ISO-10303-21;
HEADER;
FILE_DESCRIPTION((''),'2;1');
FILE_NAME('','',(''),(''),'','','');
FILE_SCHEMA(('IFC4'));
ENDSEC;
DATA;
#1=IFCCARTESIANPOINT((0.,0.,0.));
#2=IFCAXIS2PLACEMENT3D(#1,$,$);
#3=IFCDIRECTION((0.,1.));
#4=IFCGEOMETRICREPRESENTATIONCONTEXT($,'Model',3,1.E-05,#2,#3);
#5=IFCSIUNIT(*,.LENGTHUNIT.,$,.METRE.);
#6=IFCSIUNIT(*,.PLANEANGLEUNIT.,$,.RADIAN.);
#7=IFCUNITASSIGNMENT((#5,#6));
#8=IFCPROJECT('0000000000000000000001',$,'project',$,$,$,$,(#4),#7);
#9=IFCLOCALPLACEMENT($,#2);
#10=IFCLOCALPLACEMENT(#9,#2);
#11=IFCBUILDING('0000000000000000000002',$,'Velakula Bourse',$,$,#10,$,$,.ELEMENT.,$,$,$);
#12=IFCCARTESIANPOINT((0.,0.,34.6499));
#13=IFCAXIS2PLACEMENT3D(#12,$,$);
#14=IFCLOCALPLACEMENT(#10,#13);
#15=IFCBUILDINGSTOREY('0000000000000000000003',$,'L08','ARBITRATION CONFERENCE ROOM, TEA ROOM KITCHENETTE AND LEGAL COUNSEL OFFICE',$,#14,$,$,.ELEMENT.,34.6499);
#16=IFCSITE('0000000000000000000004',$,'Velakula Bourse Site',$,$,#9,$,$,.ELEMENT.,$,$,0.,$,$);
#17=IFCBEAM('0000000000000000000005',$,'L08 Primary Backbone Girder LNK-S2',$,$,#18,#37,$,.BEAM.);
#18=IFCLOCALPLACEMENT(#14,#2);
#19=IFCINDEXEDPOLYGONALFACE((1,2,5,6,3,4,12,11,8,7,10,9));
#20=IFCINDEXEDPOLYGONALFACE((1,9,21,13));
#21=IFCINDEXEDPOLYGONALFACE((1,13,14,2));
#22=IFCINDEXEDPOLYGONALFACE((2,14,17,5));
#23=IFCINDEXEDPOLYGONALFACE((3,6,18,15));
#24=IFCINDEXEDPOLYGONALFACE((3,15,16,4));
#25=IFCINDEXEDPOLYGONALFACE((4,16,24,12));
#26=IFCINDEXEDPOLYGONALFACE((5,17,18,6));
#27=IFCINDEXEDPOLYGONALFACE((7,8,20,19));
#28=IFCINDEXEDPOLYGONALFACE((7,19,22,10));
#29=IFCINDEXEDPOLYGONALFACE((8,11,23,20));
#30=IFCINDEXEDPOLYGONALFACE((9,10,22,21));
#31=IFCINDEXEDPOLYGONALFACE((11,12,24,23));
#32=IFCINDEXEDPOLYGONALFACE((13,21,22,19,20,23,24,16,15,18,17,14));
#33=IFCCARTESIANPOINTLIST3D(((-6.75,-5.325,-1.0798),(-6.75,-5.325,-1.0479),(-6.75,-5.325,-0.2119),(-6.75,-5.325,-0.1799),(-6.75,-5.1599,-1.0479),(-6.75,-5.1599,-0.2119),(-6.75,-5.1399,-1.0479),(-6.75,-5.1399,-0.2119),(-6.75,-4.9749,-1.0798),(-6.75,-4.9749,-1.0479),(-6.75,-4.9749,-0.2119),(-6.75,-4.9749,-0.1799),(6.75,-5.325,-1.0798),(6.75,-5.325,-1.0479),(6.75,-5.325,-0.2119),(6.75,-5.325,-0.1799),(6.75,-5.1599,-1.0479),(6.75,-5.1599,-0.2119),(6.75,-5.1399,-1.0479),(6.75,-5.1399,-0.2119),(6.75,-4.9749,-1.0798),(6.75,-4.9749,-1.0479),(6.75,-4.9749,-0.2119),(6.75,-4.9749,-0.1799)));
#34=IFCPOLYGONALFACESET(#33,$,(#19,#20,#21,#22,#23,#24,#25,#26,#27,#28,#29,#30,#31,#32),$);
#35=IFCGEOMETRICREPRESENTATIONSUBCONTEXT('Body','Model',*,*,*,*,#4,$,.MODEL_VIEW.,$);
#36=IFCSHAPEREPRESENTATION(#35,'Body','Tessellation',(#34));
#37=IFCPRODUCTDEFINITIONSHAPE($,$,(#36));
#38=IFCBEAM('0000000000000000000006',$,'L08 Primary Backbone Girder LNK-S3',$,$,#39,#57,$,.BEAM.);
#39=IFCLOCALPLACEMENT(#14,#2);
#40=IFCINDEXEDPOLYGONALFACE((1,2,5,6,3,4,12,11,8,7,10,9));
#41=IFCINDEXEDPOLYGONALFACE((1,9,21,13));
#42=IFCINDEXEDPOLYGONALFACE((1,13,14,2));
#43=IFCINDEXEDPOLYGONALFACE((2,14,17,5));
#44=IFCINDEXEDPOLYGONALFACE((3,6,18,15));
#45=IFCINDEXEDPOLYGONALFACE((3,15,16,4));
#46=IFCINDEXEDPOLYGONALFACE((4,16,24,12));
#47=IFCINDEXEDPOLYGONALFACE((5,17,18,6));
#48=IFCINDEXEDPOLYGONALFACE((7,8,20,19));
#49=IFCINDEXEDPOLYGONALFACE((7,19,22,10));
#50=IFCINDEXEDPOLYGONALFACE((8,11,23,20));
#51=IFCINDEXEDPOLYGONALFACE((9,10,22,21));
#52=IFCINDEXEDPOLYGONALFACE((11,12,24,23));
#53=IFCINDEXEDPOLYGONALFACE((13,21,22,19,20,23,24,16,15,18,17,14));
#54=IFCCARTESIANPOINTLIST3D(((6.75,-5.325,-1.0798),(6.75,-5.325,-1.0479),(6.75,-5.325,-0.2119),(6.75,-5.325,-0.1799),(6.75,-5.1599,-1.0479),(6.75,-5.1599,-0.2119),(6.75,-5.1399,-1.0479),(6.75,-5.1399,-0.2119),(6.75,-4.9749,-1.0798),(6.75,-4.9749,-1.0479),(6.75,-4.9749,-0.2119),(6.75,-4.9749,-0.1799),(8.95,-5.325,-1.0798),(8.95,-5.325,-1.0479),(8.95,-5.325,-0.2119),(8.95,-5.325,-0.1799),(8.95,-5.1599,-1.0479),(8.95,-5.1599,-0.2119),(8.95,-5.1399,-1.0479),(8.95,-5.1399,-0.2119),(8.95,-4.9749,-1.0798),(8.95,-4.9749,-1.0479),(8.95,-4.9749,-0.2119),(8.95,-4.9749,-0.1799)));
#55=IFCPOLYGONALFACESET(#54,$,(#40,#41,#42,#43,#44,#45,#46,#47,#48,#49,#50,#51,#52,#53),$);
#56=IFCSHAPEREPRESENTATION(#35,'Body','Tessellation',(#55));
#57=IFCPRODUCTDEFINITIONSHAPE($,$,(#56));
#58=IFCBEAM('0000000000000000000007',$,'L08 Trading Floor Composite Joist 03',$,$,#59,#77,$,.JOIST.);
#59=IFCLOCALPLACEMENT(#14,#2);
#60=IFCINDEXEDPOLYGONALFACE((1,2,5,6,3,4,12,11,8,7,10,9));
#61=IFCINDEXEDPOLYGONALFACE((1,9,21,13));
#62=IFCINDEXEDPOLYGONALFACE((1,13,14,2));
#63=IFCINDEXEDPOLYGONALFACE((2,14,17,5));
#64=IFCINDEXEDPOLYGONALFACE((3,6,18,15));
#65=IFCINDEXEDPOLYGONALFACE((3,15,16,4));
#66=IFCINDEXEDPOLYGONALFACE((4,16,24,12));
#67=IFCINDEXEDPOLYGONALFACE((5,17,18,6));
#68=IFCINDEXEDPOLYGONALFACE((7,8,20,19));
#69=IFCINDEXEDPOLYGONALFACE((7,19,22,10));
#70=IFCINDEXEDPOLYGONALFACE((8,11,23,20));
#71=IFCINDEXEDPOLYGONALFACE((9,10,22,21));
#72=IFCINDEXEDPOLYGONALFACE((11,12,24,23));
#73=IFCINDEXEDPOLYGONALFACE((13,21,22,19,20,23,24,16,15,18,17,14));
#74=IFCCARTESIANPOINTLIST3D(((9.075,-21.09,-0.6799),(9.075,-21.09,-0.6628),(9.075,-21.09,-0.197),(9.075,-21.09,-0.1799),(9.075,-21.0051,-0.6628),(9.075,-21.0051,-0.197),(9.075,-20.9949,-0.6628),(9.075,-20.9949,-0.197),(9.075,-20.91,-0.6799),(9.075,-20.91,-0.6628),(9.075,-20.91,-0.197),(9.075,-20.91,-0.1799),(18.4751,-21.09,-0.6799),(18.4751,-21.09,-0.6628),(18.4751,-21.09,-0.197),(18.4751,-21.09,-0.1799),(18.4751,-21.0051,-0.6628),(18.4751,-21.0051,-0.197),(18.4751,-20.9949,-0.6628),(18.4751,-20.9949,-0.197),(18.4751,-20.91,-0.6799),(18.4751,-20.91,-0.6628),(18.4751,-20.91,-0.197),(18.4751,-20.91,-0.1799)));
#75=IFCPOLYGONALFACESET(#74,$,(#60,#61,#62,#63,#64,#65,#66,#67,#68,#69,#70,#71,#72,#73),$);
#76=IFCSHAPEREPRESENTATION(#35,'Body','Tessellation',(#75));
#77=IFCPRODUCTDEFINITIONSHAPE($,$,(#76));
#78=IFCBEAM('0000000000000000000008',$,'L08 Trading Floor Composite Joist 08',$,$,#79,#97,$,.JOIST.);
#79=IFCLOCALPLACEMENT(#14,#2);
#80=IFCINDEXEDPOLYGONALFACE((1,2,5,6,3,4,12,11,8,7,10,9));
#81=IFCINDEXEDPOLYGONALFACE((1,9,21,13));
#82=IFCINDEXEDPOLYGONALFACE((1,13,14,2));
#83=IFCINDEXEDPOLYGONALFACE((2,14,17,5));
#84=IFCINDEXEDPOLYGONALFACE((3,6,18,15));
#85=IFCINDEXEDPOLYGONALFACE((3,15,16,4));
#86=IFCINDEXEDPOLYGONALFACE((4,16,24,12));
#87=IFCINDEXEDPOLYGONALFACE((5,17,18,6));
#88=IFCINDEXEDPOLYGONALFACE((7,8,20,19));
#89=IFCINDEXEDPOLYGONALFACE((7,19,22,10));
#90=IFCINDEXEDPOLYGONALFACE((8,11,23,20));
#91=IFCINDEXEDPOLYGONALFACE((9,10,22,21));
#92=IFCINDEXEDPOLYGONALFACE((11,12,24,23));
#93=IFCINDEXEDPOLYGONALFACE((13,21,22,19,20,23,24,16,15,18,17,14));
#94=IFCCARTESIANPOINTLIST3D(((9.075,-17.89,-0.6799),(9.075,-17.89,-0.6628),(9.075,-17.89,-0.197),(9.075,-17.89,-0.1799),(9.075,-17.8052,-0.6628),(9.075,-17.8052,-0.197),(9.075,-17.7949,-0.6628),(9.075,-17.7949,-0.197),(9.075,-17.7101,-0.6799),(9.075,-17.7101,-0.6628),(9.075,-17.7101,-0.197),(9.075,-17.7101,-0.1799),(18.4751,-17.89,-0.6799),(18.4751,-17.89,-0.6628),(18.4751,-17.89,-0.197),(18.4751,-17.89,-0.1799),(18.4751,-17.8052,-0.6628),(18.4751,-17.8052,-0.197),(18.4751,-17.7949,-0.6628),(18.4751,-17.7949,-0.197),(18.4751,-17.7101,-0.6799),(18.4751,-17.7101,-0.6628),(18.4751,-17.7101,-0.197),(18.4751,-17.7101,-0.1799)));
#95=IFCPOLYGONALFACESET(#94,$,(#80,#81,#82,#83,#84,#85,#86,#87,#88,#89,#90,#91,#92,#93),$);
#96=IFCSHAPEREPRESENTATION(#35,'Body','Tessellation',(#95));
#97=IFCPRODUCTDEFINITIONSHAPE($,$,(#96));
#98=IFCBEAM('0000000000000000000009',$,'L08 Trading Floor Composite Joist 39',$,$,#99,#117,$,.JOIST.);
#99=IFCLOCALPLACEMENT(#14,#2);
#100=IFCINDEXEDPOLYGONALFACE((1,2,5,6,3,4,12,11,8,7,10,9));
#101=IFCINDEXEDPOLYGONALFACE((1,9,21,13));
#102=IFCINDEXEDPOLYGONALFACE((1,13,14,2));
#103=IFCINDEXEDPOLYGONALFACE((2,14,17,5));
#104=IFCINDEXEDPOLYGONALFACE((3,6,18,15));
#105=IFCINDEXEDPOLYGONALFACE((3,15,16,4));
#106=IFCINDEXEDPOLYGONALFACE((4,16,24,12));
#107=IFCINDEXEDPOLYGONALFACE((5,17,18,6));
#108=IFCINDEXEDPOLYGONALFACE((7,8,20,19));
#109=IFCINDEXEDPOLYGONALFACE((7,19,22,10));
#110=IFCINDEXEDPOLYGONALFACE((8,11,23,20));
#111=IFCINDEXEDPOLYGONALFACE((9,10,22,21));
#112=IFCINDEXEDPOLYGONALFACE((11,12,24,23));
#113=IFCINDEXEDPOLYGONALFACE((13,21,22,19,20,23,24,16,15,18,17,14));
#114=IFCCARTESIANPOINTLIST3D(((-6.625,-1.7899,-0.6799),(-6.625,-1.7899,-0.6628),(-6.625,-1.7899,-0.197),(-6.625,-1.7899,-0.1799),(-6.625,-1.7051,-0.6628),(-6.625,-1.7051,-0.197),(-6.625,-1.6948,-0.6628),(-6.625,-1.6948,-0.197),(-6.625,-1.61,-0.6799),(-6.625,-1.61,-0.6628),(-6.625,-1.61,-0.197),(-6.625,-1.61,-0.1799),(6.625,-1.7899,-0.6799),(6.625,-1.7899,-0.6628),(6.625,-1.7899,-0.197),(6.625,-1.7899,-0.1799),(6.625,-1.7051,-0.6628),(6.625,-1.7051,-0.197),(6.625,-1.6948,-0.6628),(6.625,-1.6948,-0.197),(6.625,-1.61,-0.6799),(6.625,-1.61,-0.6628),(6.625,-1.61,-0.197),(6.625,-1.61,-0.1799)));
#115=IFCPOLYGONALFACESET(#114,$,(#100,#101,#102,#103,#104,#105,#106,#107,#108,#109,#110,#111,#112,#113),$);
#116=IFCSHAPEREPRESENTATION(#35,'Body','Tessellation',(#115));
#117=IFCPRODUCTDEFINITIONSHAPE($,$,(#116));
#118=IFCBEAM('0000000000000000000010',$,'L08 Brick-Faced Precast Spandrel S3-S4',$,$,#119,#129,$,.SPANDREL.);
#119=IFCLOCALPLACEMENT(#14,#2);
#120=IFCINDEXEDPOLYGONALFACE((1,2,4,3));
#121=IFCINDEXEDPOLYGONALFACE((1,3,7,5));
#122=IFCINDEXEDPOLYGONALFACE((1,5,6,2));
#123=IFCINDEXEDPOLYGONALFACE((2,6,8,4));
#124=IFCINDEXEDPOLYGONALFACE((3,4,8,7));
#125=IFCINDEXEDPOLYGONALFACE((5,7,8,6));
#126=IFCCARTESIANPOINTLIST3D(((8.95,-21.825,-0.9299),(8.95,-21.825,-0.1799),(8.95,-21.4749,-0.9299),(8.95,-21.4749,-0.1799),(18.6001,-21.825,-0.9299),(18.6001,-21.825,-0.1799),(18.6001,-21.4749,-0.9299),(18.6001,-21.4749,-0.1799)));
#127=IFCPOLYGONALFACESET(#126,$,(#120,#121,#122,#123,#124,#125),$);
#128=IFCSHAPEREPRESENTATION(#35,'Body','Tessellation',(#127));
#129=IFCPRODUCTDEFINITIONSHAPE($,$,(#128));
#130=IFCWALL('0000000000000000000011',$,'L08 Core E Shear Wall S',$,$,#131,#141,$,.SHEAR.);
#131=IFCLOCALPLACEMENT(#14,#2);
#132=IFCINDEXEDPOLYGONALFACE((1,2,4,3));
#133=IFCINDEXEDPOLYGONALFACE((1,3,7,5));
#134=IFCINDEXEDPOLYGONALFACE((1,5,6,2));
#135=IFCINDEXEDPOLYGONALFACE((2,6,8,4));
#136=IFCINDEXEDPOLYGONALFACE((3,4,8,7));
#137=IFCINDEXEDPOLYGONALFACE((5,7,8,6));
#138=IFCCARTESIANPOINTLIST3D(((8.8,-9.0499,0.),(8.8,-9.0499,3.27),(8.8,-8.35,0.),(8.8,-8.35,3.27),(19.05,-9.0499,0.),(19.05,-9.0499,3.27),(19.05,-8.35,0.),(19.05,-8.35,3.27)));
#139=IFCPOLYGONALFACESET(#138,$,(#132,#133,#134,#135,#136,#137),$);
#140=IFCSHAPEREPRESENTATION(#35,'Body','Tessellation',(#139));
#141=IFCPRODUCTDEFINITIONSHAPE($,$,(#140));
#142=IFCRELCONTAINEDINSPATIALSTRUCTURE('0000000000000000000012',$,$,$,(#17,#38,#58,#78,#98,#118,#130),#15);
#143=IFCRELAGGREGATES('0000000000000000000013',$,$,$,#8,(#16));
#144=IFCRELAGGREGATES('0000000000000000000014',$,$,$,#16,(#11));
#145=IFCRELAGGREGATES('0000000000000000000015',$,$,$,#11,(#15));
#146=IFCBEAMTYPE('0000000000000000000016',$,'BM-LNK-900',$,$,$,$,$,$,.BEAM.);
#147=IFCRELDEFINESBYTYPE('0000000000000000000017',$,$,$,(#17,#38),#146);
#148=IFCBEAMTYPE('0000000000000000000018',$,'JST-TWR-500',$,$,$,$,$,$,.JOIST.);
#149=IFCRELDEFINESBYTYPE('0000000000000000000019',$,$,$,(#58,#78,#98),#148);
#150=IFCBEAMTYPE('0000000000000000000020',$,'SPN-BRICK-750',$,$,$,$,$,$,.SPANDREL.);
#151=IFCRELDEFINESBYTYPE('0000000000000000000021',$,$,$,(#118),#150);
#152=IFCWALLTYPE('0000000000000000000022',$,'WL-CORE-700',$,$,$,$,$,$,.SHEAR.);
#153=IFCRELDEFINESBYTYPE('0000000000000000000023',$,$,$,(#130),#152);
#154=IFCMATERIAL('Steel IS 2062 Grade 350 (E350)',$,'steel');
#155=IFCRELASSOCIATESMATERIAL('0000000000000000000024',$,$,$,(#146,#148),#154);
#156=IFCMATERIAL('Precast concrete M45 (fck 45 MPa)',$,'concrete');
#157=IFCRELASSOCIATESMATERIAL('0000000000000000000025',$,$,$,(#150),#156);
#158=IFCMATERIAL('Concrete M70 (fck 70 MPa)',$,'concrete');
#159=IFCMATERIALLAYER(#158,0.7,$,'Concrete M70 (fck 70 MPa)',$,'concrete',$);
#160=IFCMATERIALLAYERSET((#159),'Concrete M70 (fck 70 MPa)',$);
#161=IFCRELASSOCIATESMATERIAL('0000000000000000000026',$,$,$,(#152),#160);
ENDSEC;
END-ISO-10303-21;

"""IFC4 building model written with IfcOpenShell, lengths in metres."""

from ifc_helpers import new_model, si_unit, direction, frame, frame_2d, origin, origin_2d, place, context, subcontext, project, spatial, rectangle, i_section, extrude, material, layer, layer_set, material_profile, profile_set, type_object, element, save


model = new_model("IFC4")

# Units and contexts
model_context = context("Model", 3, precision=1e-05, world=origin(), true_north=direction((0.0, 1.0)))
body_context = subcontext(model_context, "Body", "Model", "MODEL_VIEW")
ifc_project = project(units=[si_unit("LENGTHUNIT", "METRE"), si_unit("PLANEANGLEUNIT", "RADIAN")], contexts=[model_context])

# Site, building, storey
site_placement = place(None, origin())
site = spatial("IfcSite", under=ifc_project, at=site_placement, Name="Velakula Bourse Site", CompositionType="ELEMENT", RefElevation=0.0)
building_placement = place(site_placement, origin())
building = spatial("IfcBuilding", under=site, at=building_placement, Name="Velakula Bourse", CompositionType="ELEMENT")
storey_placement = place(building_placement, frame((0.0, 0.0, 34.6499)))
storey = spatial("IfcBuildingStorey", under=building, at=storey_placement, Name="L08", Description="ARBITRATION CONFERENCE ROOM, TEA ROOM KITCHENETTE AND LEGAL COUNSEL OFFICE", CompositionType="ELEMENT", Elevation=34.6499)

# Shared definitions
ifc_material_1 = material(Name="Concrete M70 (fck 70 MPa)", Category="concrete")

# Beams
ifc_material_2 = material(Name="Steel IS 2062 Grade 350 (E350)", Category="steel")
ifc_material_profile_1 = material_profile(ifc_material_2, i_section(OverallWidth=0.3501, OverallDepth=0.8999, WebThickness=0.02, FlangeThickness=0.032, at=origin_2d()), Name="Steel IS 2062 Grade 350 (E350)")
ifc_profile_set_1 = profile_set([ifc_material_profile_1], Name="Steel IS 2062 Grade 350 (E350)")
beam_type_1 = type_object("IfcBeamType", Name="BM-LNK-900", PredefinedType="BEAM", material=ifc_profile_set_1)
beam_1_placement = place(storey_placement, frame((-6.75, -5.1499, -0.6299), z_axis=(1.0, 0.0, 0.0), x_axis=(0.0, 1.0, 0.0)))
element("IfcBeam", 1, at=beam_1_placement, inside=storey, type_object=beam_type_1, Name="L08 Primary Backbone Girder LNK-S2", PredefinedType="BEAM", context=body_context, shape_type="SweptSolid", body=[
    extrude(i_section(OverallWidth=0.3501, OverallDepth=0.8999, WebThickness=0.02, FlangeThickness=0.032, at=origin_2d()), origin(), (0.0, 0.0, 1.0), 13.5),
])
beam_2_placement = place(storey_placement, frame((6.75, -5.1499, -0.6299), z_axis=(1.0, 0.0, 0.0), x_axis=(0.0, 1.0, 0.0)))
element("IfcBeam", 2, at=beam_2_placement, inside=storey, type_object=beam_type_1, Name="L08 Primary Backbone Girder LNK-S3", PredefinedType="BEAM", context=body_context, shape_type="SweptSolid", body=[
    extrude(i_section(OverallWidth=0.3501, OverallDepth=0.8999, WebThickness=0.02, FlangeThickness=0.032, at=origin_2d()), origin(), (0.0, 0.0, 1.0), 2.2),
])
ifc_material_profile_2 = material_profile(ifc_material_2, i_section(OverallWidth=0.1799, OverallDepth=0.5, WebThickness=0.0103, FlangeThickness=0.0171, at=origin_2d()), Name="Steel IS 2062 Grade 350 (E350)")
ifc_profile_set_2 = profile_set([ifc_material_profile_2], Name="Steel IS 2062 Grade 350 (E350)")
beam_type_2 = type_object("IfcBeamType", Name="JST-TWR-500", PredefinedType="JOIST", material=ifc_profile_set_2)
for number, where, z_axis, x_axis, name in (
    (3, (9.075, -21.0, -0.4299), (1.0, 0.0, 0.0), (0.0, 1.0, 0.0), "L08 Trading Floor Composite Joist 03"),
    (4, (9.075, -17.8, -0.4299), (1.0, 0.0, 0.0), (0.0, 1.0, 0.0), "L08 Trading Floor Composite Joist 08"),
):
    element("IfcBeam", number, at=place(storey_placement, frame(where, z_axis=z_axis, x_axis=x_axis)), inside=storey, type_object=beam_type_2, Name=name, PredefinedType="JOIST", context=body_context, shape_type="SweptSolid", body=[
        extrude(i_section(OverallWidth=0.1799, OverallDepth=0.5, WebThickness=0.0103, FlangeThickness=0.0171, at=origin_2d()), origin(), (0.0, 0.0, 1.0), 9.4001),
    ])
beam_3_placement = place(storey_placement, frame((-6.625, -1.7, -0.4299), z_axis=(1.0, 0.0, 0.0), x_axis=(0.0, 1.0, 0.0)))
element("IfcBeam", 5, at=beam_3_placement, inside=storey, type_object=beam_type_2, Name="L08 Trading Floor Composite Joist 39", PredefinedType="JOIST", context=body_context, shape_type="SweptSolid", body=[
    extrude(i_section(OverallWidth=0.1799, OverallDepth=0.5, WebThickness=0.0103, FlangeThickness=0.0171, at=origin_2d()), origin(), (0.0, 0.0, 1.0), 13.25),
])
ifc_material_3 = material(Name="Precast concrete M45 (fck 45 MPa)", Category="concrete")
ifc_material_profile_3 = material_profile(ifc_material_3, rectangle(XDim=0.3501, YDim=0.75, at=origin_2d()), Name="Precast concrete M45 (fck 45 MPa)")
ifc_profile_set_3 = profile_set([ifc_material_profile_3], Name="Precast concrete M45 (fck 45 MPa)")
beam_type_3 = type_object("IfcBeamType", Name="SPN-BRICK-750", PredefinedType="SPANDREL", material=ifc_profile_set_3)
beam_4_placement = place(storey_placement, frame((8.95, -21.6499, -0.5549), z_axis=(1.0, 0.0, 0.0), x_axis=(0.0, 1.0, 0.0)))
element("IfcBeam", 6, at=beam_4_placement, inside=storey, type_object=beam_type_3, Name="L08 Brick-Faced Precast Spandrel S3-S4", PredefinedType="SPANDREL", context=body_context, shape_type="SweptSolid", body=[
    extrude(rectangle(XDim=0.3501, YDim=0.75, at=origin_2d()), origin(), (0.0, 0.0, 1.0), 9.6501),
])

# Wall
ifc_layer_1 = layer(ifc_material_1, 0.7, Name="Concrete M70 (fck 70 MPa)", Category="concrete")
ifc_layer_set_1 = layer_set([ifc_layer_1], Name="Concrete M70 (fck 70 MPa)")
wall_type_1 = type_object("IfcWallType", Name="WL-CORE-700", PredefinedType="SHEAR", material=ifc_layer_set_1)
wall_1_placement = place(storey_placement, frame((8.8, -8.7, 0.0), z_axis=(0.0, 0.0, 1.0), x_axis=(1.0, 0.0, 0.0)))
element("IfcWall", 7, at=wall_1_placement, inside=storey, type_object=wall_type_1, Name="L08 Core E Shear Wall S", PredefinedType="SHEAR", context=body_context, shape_type="SweptSolid", body=[
    extrude(rectangle(XDim=10.25, YDim=0.7, at=frame_2d((5.125, 0.0))), origin(), (0.0, 0.0, 1.0), 3.27),
])

save(model, "model.ifc")
